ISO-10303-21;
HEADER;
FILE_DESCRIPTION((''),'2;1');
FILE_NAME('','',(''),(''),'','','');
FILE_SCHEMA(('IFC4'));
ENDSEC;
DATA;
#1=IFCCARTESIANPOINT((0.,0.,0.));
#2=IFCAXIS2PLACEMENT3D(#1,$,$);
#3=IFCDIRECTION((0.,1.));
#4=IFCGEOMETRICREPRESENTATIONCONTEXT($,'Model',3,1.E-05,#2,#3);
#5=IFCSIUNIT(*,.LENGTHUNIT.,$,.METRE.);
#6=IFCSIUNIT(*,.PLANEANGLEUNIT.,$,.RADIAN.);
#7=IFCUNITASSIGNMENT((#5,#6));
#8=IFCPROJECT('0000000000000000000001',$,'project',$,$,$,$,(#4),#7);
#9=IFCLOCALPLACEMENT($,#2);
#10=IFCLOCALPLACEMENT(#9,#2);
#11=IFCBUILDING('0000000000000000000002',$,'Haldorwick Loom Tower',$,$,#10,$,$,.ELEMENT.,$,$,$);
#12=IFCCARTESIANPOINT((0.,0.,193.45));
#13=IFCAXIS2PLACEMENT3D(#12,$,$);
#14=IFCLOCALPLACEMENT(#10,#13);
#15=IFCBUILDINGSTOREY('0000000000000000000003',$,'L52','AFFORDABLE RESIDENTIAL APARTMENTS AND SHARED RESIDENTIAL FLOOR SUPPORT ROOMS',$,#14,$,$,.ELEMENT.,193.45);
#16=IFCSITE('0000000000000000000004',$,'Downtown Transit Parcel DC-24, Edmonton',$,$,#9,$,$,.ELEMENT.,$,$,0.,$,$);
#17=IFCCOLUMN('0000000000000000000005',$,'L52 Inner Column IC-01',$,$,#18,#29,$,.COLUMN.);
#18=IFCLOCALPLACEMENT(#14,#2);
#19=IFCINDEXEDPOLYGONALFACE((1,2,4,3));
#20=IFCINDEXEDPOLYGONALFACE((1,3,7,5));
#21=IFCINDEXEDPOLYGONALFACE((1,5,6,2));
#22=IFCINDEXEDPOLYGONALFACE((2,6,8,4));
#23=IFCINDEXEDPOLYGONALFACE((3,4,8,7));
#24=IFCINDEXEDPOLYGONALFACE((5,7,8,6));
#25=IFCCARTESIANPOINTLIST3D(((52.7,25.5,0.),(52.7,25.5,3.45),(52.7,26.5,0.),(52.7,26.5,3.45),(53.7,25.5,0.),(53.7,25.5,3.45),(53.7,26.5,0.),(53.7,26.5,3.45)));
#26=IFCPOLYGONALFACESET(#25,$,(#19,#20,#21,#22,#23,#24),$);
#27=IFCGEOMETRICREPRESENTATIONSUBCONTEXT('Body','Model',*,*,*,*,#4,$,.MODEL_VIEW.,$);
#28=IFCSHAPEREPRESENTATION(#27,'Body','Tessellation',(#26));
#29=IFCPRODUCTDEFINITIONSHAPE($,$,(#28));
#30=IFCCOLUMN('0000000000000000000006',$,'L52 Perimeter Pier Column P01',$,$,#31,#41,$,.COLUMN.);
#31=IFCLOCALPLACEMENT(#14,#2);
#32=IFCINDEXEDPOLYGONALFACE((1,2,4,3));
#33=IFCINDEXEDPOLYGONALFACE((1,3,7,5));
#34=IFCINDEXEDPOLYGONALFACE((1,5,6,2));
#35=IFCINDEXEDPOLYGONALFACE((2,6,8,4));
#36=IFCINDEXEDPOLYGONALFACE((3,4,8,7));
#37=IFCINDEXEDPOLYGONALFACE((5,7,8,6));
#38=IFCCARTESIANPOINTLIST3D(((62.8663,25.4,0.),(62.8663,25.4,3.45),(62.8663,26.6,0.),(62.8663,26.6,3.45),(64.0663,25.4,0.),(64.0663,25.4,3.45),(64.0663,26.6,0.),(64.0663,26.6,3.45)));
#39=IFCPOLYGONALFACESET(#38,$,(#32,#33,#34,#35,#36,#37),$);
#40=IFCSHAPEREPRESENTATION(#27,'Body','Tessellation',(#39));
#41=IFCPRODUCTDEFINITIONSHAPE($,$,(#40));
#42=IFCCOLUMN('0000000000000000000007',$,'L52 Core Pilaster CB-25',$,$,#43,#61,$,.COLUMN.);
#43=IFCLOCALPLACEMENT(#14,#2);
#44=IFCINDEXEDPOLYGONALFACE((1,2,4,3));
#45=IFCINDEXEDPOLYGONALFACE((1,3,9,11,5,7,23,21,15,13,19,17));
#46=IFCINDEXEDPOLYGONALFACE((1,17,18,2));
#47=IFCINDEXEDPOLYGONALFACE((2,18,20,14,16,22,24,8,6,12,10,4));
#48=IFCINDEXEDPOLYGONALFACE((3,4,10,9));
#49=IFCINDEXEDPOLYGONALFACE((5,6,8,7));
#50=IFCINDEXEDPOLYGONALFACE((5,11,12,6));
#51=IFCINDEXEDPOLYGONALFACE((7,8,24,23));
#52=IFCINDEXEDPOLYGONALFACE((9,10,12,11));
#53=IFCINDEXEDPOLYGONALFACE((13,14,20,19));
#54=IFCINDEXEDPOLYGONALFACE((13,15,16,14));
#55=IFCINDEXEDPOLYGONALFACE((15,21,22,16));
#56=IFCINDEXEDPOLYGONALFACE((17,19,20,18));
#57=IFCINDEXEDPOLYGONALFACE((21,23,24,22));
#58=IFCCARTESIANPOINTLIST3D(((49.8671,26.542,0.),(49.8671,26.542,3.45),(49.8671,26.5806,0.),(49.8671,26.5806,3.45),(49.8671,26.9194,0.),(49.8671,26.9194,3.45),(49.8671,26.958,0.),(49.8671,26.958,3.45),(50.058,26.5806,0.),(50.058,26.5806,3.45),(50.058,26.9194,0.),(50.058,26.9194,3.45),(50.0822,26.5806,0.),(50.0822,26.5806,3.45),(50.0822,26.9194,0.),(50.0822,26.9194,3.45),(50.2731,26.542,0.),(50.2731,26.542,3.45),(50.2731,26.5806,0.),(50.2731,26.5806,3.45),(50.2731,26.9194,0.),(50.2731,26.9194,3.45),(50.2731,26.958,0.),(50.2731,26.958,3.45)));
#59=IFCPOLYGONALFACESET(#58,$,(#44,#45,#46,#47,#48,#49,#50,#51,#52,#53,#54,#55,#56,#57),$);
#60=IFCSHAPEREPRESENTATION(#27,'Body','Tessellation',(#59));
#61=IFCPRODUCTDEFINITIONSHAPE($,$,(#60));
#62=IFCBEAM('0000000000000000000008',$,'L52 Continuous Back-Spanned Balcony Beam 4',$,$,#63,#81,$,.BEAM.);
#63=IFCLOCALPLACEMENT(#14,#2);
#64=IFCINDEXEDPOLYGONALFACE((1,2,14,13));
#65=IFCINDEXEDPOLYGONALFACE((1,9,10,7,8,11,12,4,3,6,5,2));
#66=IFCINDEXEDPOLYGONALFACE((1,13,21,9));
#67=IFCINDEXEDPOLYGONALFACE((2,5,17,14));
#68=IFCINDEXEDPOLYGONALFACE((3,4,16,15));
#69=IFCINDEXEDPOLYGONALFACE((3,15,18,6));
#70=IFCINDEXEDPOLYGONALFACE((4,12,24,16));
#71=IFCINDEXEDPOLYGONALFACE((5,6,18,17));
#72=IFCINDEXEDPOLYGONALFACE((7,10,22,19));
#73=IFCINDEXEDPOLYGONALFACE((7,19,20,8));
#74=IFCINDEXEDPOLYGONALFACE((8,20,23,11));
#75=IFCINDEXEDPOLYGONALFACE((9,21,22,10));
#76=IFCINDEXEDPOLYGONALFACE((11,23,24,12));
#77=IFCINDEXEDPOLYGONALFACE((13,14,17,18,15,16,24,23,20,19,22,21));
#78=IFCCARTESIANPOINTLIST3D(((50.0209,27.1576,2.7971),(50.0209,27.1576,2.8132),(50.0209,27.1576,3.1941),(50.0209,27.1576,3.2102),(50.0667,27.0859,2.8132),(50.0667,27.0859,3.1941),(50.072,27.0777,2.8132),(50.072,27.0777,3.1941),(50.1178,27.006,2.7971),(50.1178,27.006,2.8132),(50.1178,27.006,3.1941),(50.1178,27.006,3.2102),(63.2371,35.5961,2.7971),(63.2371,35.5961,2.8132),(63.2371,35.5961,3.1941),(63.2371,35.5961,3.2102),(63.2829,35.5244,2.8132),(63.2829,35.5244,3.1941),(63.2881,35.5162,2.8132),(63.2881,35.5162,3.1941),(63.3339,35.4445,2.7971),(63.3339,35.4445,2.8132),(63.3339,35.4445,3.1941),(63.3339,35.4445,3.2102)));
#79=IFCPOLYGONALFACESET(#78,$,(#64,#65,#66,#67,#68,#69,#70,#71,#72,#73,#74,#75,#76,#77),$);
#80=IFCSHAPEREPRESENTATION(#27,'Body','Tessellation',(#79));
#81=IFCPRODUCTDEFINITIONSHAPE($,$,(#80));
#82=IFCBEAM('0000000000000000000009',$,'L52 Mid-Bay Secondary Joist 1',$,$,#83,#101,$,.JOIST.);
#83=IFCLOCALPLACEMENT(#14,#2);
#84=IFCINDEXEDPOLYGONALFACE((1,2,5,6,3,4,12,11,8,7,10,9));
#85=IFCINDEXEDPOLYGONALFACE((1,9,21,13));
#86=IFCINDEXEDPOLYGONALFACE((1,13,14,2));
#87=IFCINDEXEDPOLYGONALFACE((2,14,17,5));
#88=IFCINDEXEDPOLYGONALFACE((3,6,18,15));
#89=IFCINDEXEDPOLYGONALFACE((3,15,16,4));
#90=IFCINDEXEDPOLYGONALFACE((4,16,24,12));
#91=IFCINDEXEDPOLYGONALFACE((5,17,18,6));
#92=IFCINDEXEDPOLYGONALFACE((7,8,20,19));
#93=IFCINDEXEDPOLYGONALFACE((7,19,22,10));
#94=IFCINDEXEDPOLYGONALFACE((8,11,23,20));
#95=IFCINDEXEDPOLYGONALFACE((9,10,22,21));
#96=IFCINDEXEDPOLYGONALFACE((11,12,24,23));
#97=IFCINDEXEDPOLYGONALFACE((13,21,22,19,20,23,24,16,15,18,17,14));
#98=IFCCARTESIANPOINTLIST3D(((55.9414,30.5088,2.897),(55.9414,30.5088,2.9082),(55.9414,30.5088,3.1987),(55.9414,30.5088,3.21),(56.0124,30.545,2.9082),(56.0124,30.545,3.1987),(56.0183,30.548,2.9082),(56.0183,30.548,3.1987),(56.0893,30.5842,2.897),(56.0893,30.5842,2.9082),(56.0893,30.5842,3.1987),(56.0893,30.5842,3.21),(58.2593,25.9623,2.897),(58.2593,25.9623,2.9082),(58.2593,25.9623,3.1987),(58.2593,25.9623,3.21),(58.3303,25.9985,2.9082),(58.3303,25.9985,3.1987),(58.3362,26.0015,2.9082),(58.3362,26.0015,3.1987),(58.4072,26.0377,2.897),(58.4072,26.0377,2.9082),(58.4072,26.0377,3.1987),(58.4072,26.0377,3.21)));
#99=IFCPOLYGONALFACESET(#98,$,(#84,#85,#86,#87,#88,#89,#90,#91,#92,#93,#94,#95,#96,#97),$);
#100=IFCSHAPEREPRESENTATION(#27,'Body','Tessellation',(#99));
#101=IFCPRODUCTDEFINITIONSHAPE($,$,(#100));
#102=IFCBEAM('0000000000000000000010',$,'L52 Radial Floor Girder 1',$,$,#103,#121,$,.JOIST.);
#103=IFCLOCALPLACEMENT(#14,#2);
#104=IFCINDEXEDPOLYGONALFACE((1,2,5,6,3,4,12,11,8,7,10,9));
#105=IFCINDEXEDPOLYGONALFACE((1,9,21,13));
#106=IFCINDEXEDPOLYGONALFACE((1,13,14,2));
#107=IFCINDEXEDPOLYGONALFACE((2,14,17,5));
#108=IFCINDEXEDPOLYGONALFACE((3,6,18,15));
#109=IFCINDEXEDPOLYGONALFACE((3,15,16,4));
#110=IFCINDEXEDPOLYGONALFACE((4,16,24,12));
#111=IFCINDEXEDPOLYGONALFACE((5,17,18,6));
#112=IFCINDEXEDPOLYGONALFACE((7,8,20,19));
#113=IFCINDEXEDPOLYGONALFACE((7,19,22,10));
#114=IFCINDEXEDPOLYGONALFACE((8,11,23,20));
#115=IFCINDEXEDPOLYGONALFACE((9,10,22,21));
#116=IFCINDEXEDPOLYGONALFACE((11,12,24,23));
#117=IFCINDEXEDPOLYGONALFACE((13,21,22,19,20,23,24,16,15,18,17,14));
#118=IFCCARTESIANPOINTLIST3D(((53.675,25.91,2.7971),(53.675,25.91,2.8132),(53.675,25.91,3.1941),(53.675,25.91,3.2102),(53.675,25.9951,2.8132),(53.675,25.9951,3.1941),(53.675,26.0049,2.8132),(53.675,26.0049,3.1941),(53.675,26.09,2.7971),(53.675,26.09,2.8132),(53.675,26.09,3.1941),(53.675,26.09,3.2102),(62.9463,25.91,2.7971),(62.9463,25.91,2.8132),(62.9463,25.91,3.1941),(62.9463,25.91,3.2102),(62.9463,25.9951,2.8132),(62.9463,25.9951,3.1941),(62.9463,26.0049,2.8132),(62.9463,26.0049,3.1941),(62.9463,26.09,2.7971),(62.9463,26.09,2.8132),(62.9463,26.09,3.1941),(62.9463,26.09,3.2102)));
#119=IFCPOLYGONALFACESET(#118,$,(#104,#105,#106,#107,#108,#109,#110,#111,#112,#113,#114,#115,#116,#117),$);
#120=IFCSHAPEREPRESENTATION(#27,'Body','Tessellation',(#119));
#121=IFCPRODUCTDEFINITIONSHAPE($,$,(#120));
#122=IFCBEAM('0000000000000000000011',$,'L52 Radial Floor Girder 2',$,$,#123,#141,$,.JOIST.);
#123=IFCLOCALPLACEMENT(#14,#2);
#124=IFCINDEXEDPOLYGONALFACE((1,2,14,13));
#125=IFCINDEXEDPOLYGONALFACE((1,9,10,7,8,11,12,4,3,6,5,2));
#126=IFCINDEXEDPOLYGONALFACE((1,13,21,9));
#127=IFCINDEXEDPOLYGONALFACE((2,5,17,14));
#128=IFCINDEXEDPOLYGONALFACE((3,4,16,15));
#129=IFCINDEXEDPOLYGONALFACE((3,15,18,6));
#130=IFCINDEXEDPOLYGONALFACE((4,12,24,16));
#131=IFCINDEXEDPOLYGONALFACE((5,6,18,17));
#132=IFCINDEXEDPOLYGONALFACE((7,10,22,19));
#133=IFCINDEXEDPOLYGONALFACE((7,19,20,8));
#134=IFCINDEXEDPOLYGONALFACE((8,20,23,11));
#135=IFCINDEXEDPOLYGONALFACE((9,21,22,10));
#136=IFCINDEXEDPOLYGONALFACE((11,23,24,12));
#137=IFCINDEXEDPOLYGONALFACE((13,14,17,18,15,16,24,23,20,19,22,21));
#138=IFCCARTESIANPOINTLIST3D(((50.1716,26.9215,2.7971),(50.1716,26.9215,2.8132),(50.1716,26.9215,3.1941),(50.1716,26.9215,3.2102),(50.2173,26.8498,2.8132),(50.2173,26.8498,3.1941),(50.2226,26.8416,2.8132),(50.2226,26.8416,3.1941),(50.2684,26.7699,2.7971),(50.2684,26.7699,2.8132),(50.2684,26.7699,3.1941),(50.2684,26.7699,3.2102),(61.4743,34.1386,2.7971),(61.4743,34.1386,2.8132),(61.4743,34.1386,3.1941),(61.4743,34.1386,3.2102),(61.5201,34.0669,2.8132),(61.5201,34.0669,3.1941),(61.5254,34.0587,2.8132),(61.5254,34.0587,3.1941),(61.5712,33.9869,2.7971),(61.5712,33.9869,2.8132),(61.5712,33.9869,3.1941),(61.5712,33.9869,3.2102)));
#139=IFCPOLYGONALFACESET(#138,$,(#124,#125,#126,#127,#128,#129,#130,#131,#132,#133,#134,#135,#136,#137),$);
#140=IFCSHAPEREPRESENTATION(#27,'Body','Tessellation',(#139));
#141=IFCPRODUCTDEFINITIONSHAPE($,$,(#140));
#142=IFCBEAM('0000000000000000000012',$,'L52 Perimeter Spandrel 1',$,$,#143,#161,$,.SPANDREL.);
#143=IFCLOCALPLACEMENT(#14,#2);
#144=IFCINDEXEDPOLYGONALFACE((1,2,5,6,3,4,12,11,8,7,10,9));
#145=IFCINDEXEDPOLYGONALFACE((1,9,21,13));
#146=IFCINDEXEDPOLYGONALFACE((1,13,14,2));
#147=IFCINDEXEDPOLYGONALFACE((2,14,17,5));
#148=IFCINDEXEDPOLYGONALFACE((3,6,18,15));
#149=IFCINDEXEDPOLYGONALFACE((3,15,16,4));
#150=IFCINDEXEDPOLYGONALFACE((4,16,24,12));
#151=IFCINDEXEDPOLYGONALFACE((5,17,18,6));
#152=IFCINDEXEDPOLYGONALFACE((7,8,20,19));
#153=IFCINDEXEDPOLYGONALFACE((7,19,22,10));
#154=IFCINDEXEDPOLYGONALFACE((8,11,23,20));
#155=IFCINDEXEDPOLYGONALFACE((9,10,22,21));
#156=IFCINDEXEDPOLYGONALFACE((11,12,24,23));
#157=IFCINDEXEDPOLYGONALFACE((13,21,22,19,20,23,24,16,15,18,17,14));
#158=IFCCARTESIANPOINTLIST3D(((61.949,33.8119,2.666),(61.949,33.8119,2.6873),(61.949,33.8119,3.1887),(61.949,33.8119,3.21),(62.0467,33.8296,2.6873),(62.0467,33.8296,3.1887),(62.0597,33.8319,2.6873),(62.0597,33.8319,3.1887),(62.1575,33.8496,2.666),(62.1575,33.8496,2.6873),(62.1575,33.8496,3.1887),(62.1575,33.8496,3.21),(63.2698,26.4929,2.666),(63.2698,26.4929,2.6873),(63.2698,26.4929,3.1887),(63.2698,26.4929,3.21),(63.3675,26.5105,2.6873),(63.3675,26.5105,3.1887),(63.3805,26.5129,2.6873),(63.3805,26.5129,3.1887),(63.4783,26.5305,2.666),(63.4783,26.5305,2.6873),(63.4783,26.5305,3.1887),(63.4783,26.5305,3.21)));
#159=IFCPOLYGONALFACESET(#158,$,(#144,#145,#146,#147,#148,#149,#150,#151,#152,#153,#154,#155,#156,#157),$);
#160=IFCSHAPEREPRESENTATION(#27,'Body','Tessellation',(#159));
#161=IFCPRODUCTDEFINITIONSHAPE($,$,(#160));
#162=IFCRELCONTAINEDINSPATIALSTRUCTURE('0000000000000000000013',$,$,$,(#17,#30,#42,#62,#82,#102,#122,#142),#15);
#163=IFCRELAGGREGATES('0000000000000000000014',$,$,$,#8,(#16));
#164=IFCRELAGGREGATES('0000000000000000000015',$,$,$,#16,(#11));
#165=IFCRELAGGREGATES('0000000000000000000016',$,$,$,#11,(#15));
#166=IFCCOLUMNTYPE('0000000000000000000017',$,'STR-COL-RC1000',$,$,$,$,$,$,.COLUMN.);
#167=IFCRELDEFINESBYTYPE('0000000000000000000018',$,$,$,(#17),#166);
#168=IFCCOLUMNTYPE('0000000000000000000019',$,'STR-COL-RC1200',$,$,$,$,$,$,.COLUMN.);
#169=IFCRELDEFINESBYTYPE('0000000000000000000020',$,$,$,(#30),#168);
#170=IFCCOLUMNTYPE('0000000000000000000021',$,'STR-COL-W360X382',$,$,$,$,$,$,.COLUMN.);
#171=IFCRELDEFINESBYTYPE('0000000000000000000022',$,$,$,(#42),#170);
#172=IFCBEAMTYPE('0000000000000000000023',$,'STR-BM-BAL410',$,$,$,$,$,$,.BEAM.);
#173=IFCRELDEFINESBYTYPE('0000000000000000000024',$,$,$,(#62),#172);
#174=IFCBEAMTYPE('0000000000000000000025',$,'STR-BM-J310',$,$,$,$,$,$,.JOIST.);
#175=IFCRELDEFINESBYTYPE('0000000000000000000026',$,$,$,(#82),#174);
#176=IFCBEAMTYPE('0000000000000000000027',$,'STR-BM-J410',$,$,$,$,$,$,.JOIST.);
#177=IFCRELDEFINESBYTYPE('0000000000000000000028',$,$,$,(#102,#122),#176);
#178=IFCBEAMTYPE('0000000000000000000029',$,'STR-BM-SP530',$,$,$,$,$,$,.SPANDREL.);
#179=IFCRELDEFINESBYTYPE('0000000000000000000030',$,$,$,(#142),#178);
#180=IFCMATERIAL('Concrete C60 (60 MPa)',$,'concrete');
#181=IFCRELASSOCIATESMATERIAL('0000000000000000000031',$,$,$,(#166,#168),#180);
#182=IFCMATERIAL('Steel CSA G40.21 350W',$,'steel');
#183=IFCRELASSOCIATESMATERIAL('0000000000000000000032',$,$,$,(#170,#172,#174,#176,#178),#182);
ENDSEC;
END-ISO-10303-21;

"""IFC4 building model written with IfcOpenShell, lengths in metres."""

from ifc_helpers import new_model, si_unit, direction, frame, origin, origin_2d, place, context, subcontext, project, spatial, rectangle, i_section, extrude, material, material_profile, profile_set, type_object, element, save


model = new_model("IFC4")

# Units and contexts
model_context = context("Model", 3, precision=1e-05, world=origin(), true_north=direction((0.0, 1.0)))
body_context = subcontext(model_context, "Body", "Model", "MODEL_VIEW")
ifc_project = project(units=[si_unit("LENGTHUNIT", "METRE"), si_unit("PLANEANGLEUNIT", "RADIAN")], contexts=[model_context])

# Site, building, storey
site_placement = place(None, origin())
site = spatial("IfcSite", under=ifc_project, at=site_placement, Name="Downtown Transit Parcel DC-24, Edmonton", CompositionType="ELEMENT", RefElevation=0.0)
building_placement = place(site_placement, origin())
building = spatial("IfcBuilding", under=site, at=building_placement, Name="Haldorwick Loom Tower", CompositionType="ELEMENT")
storey_placement = place(building_placement, frame((0.0, 0.0, 193.45)))
storey = spatial("IfcBuildingStorey", under=building, at=storey_placement, Name="L52", Description="AFFORDABLE RESIDENTIAL APARTMENTS AND SHARED RESIDENTIAL FLOOR SUPPORT ROOMS", CompositionType="ELEMENT", Elevation=193.45)

# Columns
ifc_material_1 = material(Name="Concrete C60 (60 MPa)", Category="concrete")
ifc_material_profile_1 = material_profile(ifc_material_1, rectangle(XDim=1.0, YDim=1.0, at=origin_2d()), Name="RC1000X1000", Category="concrete")
ifc_profile_set_1 = profile_set([ifc_material_profile_1], Name="Concrete C60 (60 MPa)")
column_type_1 = type_object("IfcColumnType", Name="STR-COL-RC1000", PredefinedType="COLUMN", material=ifc_profile_set_1)
column_1_placement = place(storey_placement, frame((53.2, 26.0, 0.0), z_axis=(0.0, 0.0, 1.0), x_axis=(1.0, 0.0, 0.0)))
element("IfcColumn", 1, at=column_1_placement, inside=storey, type_object=column_type_1, Name="L52 Inner Column IC-01", PredefinedType="COLUMN", context=body_context, shape_type="SweptSolid", body=[
    extrude(rectangle(XDim=1.0, YDim=1.0, at=origin_2d()), origin(), (0.0, 0.0, 1.0), 3.45),
])
ifc_material_profile_2 = material_profile(ifc_material_1, rectangle(XDim=1.2, YDim=1.2, at=origin_2d()), Name="RC1200X1200", Category="concrete")
ifc_profile_set_2 = profile_set([ifc_material_profile_2], Name="Concrete C60 (60 MPa)")
column_type_2 = type_object("IfcColumnType", Name="STR-COL-RC1200", PredefinedType="COLUMN", material=ifc_profile_set_2)
column_2_placement = place(storey_placement, frame((63.4663, 26.0, 0.0), z_axis=(0.0, 0.0, 1.0), x_axis=(1.0, 0.0, 0.0)))
element("IfcColumn", 2, at=column_2_placement, inside=storey, type_object=column_type_2, Name="L52 Perimeter Pier Column P01", PredefinedType="COLUMN", context=body_context, shape_type="SweptSolid", body=[
    extrude(rectangle(XDim=1.2, YDim=1.2, at=origin_2d()), origin(), (0.0, 0.0, 1.0), 3.45),
])
ifc_material_2 = material(Name="Steel CSA G40.21 350W", Category="steel")
ifc_material_profile_3 = material_profile(ifc_material_2, i_section(OverallWidth=0.406, OverallDepth=0.416, WebThickness=0.0242, FlangeThickness=0.0386, at=origin_2d()), Name="W360X382", Category="steel")
ifc_profile_set_3 = profile_set([ifc_material_profile_3], Name="Steel CSA G40.21 350W")
column_type_3 = type_object("IfcColumnType", Name="STR-COL-W360X382", PredefinedType="COLUMN", material=ifc_profile_set_3)
column_3_placement = place(storey_placement, frame((50.0701, 26.75, 0.0), z_axis=(0.0, 0.0, 1.0), x_axis=(1.0, 0.0, 0.0)))
element("IfcColumn", 3, at=column_3_placement, inside=storey, type_object=column_type_3, Name="L52 Core Pilaster CB-25", PredefinedType="COLUMN", context=body_context, shape_type="SweptSolid", body=[
    extrude(i_section(OverallWidth=0.406, OverallDepth=0.416, WebThickness=0.0242, FlangeThickness=0.0386, at=origin_2d()), origin(), (0.0, 0.0, 1.0), 3.45),
])

# Beams
ifc_material_profile_4 = material_profile(ifc_material_2, i_section(OverallWidth=0.1799, OverallDepth=0.4131, WebThickness=0.0098, FlangeThickness=0.0161, at=origin_2d()), Name="W410X74", Category="steel")
ifc_profile_set_4 = profile_set([ifc_material_profile_4], Name="Steel CSA G40.21 350W")
beam_type_1 = type_object("IfcBeamType", Name="STR-BM-BAL410", PredefinedType="BEAM", material=ifc_profile_set_4)
beam_1_placement = place(storey_placement, frame((50.0693, 27.0818, 3.0037), z_axis=(0.842844, 0.538157, 0.0), x_axis=(-0.538157, 0.842844, 0.0)))
element("IfcBeam", 4, at=beam_1_placement, inside=storey, type_object=beam_type_1, Name="L52 Continuous Back-Spanned Balcony Beam 4", PredefinedType="BEAM", context=body_context, shape_type="SweptSolid", body=[
    extrude(i_section(OverallWidth=0.1799, OverallDepth=0.4131, WebThickness=0.0098, FlangeThickness=0.0161, at=origin_2d()), origin(), (0.0, 0.0, 1.0), 15.6804),
])
ifc_material_profile_5 = material_profile(ifc_material_2, i_section(OverallWidth=0.166, OverallDepth=0.313, WebThickness=0.0066, FlangeThickness=0.0112, at=origin_2d()), Name="W310X45", Category="steel")
ifc_profile_set_5 = profile_set([ifc_material_profile_5], Name="Steel CSA G40.21 350W")
beam_type_2 = type_object("IfcBeamType", Name="STR-BM-J310", PredefinedType="JOIST", material=ifc_profile_set_5)
beam_2_placement = place(storey_placement, frame((58.3333, 26.0, 3.0535), z_axis=(-0.454204, 0.890898, 0.0), x_axis=(-0.890898, -0.454204, 0.0)))
element("IfcBeam", 5, at=beam_2_placement, inside=storey, type_object=beam_type_2, Name="L52 Mid-Bay Secondary Joist 1", PredefinedType="JOIST", context=body_context, shape_type="SweptSolid", body=[
    extrude(i_section(OverallWidth=0.166, OverallDepth=0.313, WebThickness=0.0066, FlangeThickness=0.0112, at=origin_2d()), origin(), (0.0, 0.0, 1.0), 5.1033),
])
ifc_material_profile_6 = material_profile(ifc_material_2, i_section(OverallWidth=0.1799, OverallDepth=0.4131, WebThickness=0.0098, FlangeThickness=0.0161, at=origin_2d()), Name="W410X74", Category="steel")
ifc_profile_set_6 = profile_set([ifc_material_profile_6], Name="Steel CSA G40.21 350W")
beam_type_3 = type_object("IfcBeamType", Name="STR-BM-J410", PredefinedType="JOIST", material=ifc_profile_set_6)
beam_3_placement = place(storey_placement, frame((53.675, 26.0, 3.0037), z_axis=(1.0, 0.0, 0.0), x_axis=(0.0, 1.0, 0.0)))
element("IfcBeam", 6, at=beam_3_placement, inside=storey, type_object=beam_type_3, Name="L52 Radial Floor Girder 1", PredefinedType="JOIST", context=body_context, shape_type="SweptSolid", body=[
    extrude(i_section(OverallWidth=0.1799, OverallDepth=0.4131, WebThickness=0.0098, FlangeThickness=0.0161, at=origin_2d()), origin(), (0.0, 0.0, 1.0), 9.2712),
])
beam_4_placement = place(storey_placement, frame((50.22, 26.8457, 3.0037), z_axis=(0.842837, 0.538169, 0.0), x_axis=(-0.538169, 0.842837, 0.0)))
element("IfcBeam", 7, at=beam_4_placement, inside=storey, type_object=beam_type_3, Name="L52 Radial Floor Girder 2", PredefinedType="JOIST", context=body_context, shape_type="SweptSolid", body=[
    extrude(i_section(OverallWidth=0.1799, OverallDepth=0.4131, WebThickness=0.0098, FlangeThickness=0.0161, at=origin_2d()), origin(), (0.0, 0.0, 1.0), 13.4104),
])
ifc_material_profile_7 = material_profile(ifc_material_2, i_section(OverallWidth=0.2119, OverallDepth=0.5439, WebThickness=0.0132, FlangeThickness=0.0212, at=origin_2d()), Name="W530X123", Category="steel")
ifc_profile_set_7 = profile_set([ifc_material_profile_7], Name="Steel CSA G40.21 350W")
beam_type_4 = type_object("IfcBeamType", Name="STR-BM-SP530", PredefinedType="SPANDREL", material=ifc_profile_set_7)
beam_5_placement = place(storey_placement, frame((63.374, 26.5117, 2.938), z_axis=(-0.177591, 0.984104, 0.0), x_axis=(-0.984104, -0.177591, 0.0)))
element("IfcBeam", 8, at=beam_5_placement, inside=storey, type_object=beam_type_4, Name="L52 Perimeter Spandrel 1", PredefinedType="SPANDREL", context=body_context, shape_type="SweptSolid", body=[
    extrude(i_section(OverallWidth=0.2119, OverallDepth=0.5439, WebThickness=0.0132, FlangeThickness=0.0212, at=origin_2d()), origin(), (0.0, 0.0, 1.0), 7.4373),
])

save(model, "model.ifc")
